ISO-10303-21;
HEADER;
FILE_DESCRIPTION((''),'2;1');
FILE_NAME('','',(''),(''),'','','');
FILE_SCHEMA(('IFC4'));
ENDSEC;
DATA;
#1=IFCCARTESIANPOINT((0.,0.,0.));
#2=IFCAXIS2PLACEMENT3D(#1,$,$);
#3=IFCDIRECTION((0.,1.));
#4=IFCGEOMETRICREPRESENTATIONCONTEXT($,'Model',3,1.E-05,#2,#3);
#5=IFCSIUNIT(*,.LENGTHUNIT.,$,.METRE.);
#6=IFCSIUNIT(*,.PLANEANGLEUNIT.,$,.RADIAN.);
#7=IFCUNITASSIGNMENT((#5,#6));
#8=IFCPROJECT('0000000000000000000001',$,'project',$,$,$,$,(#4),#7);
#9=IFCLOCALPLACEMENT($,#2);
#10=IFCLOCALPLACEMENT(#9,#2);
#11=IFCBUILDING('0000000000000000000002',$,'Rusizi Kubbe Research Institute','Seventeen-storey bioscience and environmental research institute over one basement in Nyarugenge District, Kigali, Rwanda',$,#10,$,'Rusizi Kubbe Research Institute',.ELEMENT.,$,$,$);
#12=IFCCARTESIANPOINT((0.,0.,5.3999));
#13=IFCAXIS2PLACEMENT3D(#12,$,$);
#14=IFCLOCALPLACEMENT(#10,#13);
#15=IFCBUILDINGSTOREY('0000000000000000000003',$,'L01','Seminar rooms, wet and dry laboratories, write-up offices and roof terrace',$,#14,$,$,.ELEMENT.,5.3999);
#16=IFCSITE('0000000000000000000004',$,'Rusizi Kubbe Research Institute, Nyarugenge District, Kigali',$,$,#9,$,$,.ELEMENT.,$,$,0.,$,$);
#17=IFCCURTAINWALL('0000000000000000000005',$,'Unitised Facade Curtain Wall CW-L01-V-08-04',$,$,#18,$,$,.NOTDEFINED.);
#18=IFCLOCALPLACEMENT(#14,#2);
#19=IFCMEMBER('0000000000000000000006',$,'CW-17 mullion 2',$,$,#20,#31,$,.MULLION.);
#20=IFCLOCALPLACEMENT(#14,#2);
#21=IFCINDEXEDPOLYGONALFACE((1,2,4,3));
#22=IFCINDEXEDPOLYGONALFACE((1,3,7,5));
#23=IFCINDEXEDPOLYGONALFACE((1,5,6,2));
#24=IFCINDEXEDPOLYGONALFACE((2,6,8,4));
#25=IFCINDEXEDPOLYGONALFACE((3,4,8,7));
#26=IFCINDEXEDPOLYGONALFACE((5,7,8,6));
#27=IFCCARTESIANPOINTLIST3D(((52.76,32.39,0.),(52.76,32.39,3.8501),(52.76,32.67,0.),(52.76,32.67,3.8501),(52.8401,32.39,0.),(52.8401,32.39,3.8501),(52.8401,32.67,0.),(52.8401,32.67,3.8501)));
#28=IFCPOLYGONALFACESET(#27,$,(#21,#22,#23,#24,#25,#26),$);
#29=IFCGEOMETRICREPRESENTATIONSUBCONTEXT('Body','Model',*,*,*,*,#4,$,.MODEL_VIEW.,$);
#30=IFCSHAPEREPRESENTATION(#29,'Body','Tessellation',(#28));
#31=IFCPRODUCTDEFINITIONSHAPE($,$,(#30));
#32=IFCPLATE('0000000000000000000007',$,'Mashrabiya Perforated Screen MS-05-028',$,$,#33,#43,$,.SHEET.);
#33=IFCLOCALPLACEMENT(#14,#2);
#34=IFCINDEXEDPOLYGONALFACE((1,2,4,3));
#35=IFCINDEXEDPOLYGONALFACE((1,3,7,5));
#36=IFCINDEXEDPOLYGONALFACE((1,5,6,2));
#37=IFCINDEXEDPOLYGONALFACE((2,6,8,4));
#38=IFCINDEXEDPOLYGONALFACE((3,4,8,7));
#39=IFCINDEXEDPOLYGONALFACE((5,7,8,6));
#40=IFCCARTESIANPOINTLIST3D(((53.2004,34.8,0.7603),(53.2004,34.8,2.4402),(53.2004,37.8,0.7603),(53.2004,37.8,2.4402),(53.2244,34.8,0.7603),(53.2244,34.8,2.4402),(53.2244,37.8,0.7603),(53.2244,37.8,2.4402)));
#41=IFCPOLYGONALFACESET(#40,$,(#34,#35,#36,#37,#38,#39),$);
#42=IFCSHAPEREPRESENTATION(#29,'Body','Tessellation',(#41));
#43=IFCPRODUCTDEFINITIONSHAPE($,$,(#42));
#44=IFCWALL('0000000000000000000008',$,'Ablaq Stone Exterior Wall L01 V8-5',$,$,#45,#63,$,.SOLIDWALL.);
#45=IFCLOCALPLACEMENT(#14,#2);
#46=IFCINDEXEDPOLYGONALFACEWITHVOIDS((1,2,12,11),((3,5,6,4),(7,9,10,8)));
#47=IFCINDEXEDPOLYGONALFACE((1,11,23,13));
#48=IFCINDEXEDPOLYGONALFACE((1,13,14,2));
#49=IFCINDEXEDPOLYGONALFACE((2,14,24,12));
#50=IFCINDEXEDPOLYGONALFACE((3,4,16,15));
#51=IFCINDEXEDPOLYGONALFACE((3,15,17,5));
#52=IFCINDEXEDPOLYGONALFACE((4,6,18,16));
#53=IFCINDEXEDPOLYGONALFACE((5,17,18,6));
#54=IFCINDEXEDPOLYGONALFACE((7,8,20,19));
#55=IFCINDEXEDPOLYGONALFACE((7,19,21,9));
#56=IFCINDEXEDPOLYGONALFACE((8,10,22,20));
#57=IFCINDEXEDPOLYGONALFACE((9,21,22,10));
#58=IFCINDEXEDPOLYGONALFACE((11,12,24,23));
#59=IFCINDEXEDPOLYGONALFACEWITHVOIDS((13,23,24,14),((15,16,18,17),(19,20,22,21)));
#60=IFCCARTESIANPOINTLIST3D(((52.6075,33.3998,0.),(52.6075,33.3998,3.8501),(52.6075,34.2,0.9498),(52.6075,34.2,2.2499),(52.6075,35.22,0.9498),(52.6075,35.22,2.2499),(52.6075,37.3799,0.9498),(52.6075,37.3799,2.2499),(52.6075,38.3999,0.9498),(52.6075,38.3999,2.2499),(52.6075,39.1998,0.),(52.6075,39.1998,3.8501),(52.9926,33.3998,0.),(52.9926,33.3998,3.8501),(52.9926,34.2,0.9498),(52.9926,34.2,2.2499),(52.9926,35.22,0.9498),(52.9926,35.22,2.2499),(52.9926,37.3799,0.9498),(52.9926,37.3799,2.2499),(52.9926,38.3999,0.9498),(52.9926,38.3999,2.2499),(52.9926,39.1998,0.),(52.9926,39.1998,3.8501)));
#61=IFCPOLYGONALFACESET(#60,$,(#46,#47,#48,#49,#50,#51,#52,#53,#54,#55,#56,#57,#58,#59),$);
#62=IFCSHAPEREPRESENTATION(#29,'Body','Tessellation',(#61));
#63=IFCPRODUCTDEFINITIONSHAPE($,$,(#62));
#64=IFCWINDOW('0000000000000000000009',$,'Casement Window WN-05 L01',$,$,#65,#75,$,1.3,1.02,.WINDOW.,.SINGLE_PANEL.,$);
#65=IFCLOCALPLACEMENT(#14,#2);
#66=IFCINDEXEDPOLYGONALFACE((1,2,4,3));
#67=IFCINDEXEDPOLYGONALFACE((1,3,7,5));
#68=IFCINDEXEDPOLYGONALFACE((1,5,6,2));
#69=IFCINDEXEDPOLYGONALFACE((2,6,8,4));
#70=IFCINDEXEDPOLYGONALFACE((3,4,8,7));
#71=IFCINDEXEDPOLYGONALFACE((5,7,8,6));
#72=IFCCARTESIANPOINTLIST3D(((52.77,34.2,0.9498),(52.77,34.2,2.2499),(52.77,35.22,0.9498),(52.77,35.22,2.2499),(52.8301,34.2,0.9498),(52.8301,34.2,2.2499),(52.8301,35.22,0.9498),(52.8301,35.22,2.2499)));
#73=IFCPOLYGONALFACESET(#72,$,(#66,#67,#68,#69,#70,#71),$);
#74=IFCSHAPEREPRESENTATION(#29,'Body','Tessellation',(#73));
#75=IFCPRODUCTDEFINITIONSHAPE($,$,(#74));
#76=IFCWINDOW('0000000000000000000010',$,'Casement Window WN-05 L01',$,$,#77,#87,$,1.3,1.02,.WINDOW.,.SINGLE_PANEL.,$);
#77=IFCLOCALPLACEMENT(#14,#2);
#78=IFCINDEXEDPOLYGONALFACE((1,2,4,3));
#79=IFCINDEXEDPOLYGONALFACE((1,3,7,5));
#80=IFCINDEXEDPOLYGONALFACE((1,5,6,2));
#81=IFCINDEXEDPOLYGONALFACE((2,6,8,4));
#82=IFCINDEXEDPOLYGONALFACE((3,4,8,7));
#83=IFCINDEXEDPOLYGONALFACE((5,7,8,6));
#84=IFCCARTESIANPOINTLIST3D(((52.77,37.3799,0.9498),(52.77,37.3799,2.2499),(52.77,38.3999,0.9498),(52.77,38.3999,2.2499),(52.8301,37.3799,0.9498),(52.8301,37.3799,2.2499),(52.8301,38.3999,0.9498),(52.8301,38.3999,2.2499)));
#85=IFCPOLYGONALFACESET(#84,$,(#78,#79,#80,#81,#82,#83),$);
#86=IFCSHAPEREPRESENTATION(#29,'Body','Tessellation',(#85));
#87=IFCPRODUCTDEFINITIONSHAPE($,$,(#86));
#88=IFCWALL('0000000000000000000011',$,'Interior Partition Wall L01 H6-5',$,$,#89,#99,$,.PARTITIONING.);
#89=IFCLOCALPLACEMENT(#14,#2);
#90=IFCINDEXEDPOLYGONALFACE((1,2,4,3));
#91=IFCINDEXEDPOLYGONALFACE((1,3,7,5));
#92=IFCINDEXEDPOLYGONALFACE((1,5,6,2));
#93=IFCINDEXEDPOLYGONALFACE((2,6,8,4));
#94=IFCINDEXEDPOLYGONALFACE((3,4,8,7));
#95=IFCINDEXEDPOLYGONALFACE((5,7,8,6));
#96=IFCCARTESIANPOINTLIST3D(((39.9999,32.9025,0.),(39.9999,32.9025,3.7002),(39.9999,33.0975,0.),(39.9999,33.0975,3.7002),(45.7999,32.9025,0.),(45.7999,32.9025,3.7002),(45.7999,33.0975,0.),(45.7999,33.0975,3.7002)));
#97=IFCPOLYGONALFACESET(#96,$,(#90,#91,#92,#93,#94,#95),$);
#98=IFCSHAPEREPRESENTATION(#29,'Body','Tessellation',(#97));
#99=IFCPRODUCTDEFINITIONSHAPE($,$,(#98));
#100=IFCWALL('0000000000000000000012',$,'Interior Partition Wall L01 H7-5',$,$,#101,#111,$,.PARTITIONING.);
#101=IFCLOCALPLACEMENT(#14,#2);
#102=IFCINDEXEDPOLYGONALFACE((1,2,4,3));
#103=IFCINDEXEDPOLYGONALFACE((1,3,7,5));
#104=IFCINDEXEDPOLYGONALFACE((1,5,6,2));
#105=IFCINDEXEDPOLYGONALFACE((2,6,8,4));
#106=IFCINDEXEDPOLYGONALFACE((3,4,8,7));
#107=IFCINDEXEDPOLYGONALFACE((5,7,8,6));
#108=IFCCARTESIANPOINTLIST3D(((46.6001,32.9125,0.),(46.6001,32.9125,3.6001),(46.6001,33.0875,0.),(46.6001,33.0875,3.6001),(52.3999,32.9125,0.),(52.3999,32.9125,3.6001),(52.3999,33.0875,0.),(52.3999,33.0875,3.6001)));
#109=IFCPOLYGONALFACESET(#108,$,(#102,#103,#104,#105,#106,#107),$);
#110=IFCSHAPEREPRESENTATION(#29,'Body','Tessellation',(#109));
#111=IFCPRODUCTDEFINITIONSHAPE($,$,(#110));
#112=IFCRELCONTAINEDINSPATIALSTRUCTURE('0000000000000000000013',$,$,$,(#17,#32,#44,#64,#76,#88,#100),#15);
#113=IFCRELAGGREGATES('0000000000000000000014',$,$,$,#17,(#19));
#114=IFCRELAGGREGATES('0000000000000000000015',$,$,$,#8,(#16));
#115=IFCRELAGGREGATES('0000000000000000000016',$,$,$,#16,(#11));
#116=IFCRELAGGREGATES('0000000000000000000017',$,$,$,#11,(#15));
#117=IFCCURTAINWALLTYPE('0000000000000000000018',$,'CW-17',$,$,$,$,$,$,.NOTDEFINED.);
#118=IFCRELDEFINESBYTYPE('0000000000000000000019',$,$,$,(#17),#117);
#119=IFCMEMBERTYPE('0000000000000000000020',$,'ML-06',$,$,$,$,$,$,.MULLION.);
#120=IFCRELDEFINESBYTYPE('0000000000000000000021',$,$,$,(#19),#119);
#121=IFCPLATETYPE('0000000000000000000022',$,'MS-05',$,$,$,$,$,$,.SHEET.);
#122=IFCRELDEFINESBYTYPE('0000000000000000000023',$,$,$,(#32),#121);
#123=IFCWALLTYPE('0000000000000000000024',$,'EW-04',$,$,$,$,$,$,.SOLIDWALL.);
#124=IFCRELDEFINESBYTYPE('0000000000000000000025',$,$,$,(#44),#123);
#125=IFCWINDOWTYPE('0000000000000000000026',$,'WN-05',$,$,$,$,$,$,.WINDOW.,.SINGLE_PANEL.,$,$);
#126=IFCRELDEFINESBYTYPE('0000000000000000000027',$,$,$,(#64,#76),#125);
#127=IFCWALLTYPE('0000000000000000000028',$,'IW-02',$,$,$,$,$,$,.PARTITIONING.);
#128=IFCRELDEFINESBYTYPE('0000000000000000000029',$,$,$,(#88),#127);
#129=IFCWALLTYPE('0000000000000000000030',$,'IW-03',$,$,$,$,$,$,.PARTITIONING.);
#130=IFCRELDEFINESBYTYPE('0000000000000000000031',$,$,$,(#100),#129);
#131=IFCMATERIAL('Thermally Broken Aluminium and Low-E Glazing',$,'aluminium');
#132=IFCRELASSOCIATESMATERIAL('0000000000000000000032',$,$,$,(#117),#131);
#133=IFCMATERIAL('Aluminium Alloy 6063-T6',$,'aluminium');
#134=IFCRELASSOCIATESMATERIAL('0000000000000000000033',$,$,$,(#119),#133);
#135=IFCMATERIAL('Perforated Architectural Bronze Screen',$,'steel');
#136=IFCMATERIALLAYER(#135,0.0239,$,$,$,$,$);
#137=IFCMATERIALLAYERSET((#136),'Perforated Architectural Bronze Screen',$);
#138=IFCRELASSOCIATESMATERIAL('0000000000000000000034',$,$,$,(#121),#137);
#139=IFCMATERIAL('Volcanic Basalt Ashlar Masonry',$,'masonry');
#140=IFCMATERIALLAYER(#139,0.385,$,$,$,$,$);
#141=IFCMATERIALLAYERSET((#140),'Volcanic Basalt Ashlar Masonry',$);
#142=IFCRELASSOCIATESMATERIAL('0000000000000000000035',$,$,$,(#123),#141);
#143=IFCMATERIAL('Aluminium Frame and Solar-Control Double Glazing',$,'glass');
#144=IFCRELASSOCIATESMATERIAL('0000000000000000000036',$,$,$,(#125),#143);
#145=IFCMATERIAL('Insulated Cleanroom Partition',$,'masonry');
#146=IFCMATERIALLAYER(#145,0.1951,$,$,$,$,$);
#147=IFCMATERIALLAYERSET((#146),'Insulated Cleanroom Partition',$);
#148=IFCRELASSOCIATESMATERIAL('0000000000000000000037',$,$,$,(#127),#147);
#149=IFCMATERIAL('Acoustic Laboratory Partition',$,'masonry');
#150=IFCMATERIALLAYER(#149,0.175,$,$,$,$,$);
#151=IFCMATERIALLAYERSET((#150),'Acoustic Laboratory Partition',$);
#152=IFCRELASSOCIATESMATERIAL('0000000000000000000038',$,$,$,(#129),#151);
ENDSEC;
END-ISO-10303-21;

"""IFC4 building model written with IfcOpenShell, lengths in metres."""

from ifc_helpers import new_model, si_unit, direction, frame, frame_2d, origin, origin_2d, place, context, subcontext, project, spatial, rectangle, extrude, material, layer, layer_set, material_profile, profile_set, type_object, element, fill, aggregate, save


model = new_model("IFC4")

# Units and contexts
model_context = context("Model", 3, precision=1e-05, world=origin(), true_north=direction((0.0, 1.0)))
body_context = subcontext(model_context, "Body", "Model", "MODEL_VIEW")
ifc_project = project(units=[si_unit("LENGTHUNIT", "METRE"), si_unit("PLANEANGLEUNIT", "RADIAN")], contexts=[model_context])

# Site, building, storey
site_placement = place(None, origin())
site = spatial("IfcSite", under=ifc_project, at=site_placement, Name="Rusizi Kubbe Research Institute, Nyarugenge District, Kigali", CompositionType="ELEMENT", RefElevation=0.0)
building_placement = place(site_placement, origin())
building = spatial("IfcBuilding", under=site, at=building_placement, Name="Rusizi Kubbe Research Institute", Description="Seventeen-storey bioscience and environmental research institute over one basement in Nyarugenge District, Kigali, Rwanda", LongName="Rusizi Kubbe Research Institute", CompositionType="ELEMENT")
storey_placement = place(building_placement, frame((0.0, 0.0, 5.3999)))
storey = spatial("IfcBuildingStorey", under=building, at=storey_placement, Name="L01", Description="Seminar rooms, wet and dry laboratories, write-up offices and roof terrace", CompositionType="ELEMENT", Elevation=5.3999)

# Curtain wall, member
ifc_material_1 = material(Name="Thermally Broken Aluminium and Low-E Glazing", Category="aluminium")
curtain_wall_type = type_object("IfcCurtainWallType", Name="CW-17", PredefinedType="NOTDEFINED", material=ifc_material_1)
curtain_wall_placement = place(storey_placement, origin())
curtain_wall = element("IfcCurtainWall", 1, at=curtain_wall_placement, inside=storey, type_object=curtain_wall_type, Name="Unitised Facade Curtain Wall CW-L01-V-08-04", PredefinedType="NOTDEFINED")
ifc_material_2 = material(Name="Aluminium Alloy 6063-T6", Category="aluminium")
ifc_material_profile_1 = material_profile(ifc_material_2, rectangle(XDim=0.0801, YDim=0.28, at=origin_2d()), Name="ALU-M 80x280")
ifc_profile_set_1 = profile_set([ifc_material_profile_1], Name="Aluminium Alloy 6063-T6")
member_type_1 = type_object("IfcMemberType", Name="ML-06", PredefinedType="MULLION", material=ifc_profile_set_1)
member_1_placement = place(storey_placement, frame((52.8, 32.53, 0.0), z_axis=(0.0, 0.0, 1.0), x_axis=(-1.0, 0.0, 0.0)))
member_1 = element("IfcMember", 2, at=member_1_placement, type_object=member_type_1, Name="CW-17 mullion 2", PredefinedType="MULLION", context=body_context, shape_type="SweptSolid", body=[
    extrude(rectangle(XDim=0.0801, YDim=0.28, at=origin_2d()), origin(), (0.0, 0.0, 1.0), 3.8501),
])
aggregate(curtain_wall, [member_1])

# Plate
ifc_material_3 = material(Name="Perforated Architectural Bronze Screen", Category="steel")
ifc_layer_1 = layer(ifc_material_3, 0.0239)
ifc_layer_set_1 = layer_set([ifc_layer_1], Name="Perforated Architectural Bronze Screen")
plate_type = type_object("IfcPlateType", Name="MS-05", PredefinedType="SHEET", material=ifc_layer_set_1)
plate_placement = place(storey_placement, frame((53.2124, 36.3, 0.7603), z_axis=(0.0, 0.0, 1.0), x_axis=(0.0, 1.0, 0.0)))
element("IfcPlate", 3, at=plate_placement, inside=storey, type_object=plate_type, Name="Mashrabiya Perforated Screen MS-05-028", PredefinedType="SHEET", context=body_context, shape_type="SweptSolid", body=[
    extrude(rectangle(XDim=3.0, YDim=0.0239, at=origin_2d()), origin(), (0.0, 0.0, 1.0), 1.6799),
])

# Wall, openings, windows
ifc_material_4 = material(Name="Volcanic Basalt Ashlar Masonry", Category="masonry")
ifc_layer_2 = layer(ifc_material_4, 0.385)
ifc_layer_set_2 = layer_set([ifc_layer_2], Name="Volcanic Basalt Ashlar Masonry")
wall_type_1 = type_object("IfcWallType", Name="EW-04", PredefinedType="SOLIDWALL", material=ifc_layer_set_2)
wall_1_placement = place(storey_placement, frame((52.8, 33.3999, 0.0), z_axis=(0.0, 0.0, 1.0), x_axis=(0.0, 1.0, 0.0)))
wall_1 = element("IfcWall", 4, at=wall_1_placement, inside=storey, type_object=wall_type_1, Name="Ablaq Stone Exterior Wall L01 V8-5", PredefinedType="SOLIDWALL", context=body_context, shape_type="SweptSolid", body=[
    extrude(rectangle(XDim=5.8, YDim=0.385, at=frame_2d((2.8999, 0.0))), origin(), (0.0, 0.0, 1.0), 3.8501),
])
opening_1_placement = place(wall_1_placement, frame((0.8, 0.0, 0.95)))
opening_1 = element("IfcOpeningElement", 5, at=opening_1_placement, cuts=wall_1, PredefinedType="OPENING", context=body_context, shape_type="SweptSolid", body=[
    extrude(rectangle(XDim=1.02, YDim=1.3, at=frame_2d((0.51, 0.6499))), frame((0.0, 0.2024, 0.0), z_axis=(0.0, -1.0, 0.0), x_axis=(1.0, 0.0, 0.0)), (0.0, 0.0, 1.0), 0.405),
])
opening_2_placement = place(wall_1_placement, frame((3.98, 0.0, 0.95)))
opening_2 = element("IfcOpeningElement", 6, at=opening_2_placement, cuts=wall_1, PredefinedType="OPENING", context=body_context, shape_type="SweptSolid", body=[
    extrude(rectangle(XDim=1.02, YDim=1.3, at=frame_2d((0.51, 0.6499))), frame((0.0, 0.2024, 0.0), z_axis=(0.0, -1.0, 0.0), x_axis=(1.0, 0.0, 0.0)), (0.0, 0.0, 1.0), 0.405),
])
ifc_material_5 = material(Name="Aluminium Frame and Solar-Control Double Glazing", Category="glass")
window_type = type_object("IfcWindowType", Name="WN-05", PartitioningType="SINGLE_PANEL", PredefinedType="WINDOW", material=ifc_material_5)
window_1_placement = place(opening_1_placement, origin())
window_1 = element("IfcWindow", 7, at=window_1_placement, inside=storey, type_object=window_type, Name="Casement Window WN-05 L01", OverallHeight=1.3, OverallWidth=1.02, PartitioningType="SINGLE_PANEL", PredefinedType="WINDOW", context=body_context, shape_type="SweptSolid", body=[
    extrude(rectangle(XDim=1.02, YDim=1.3, at=frame_2d((0.51, 0.6499))), frame((0.0, 0.03, 0.0), z_axis=(0.0, -1.0, 0.0), x_axis=(1.0, 0.0, 0.0)), (0.0, 0.0, 1.0), 0.0601),
])
fill(opening_1, window_1)
window_2_placement = place(opening_2_placement, origin())
window_2 = element("IfcWindow", 8, at=window_2_placement, inside=storey, type_object=window_type, Name="Casement Window WN-05 L01", OverallHeight=1.3, OverallWidth=1.02, PartitioningType="SINGLE_PANEL", PredefinedType="WINDOW", context=body_context, shape_type="SweptSolid", body=[
    extrude(rectangle(XDim=1.02, YDim=1.3, at=frame_2d((0.51, 0.6499))), frame((0.0, 0.03, 0.0), z_axis=(0.0, -1.0, 0.0), x_axis=(1.0, 0.0, 0.0)), (0.0, 0.0, 1.0), 0.0601),
])
fill(opening_2, window_2)

# Walls
ifc_material_6 = material(Name="Insulated Cleanroom Partition", Category="masonry")
ifc_layer_3 = layer(ifc_material_6, 0.1951)
ifc_layer_set_3 = layer_set([ifc_layer_3], Name="Insulated Cleanroom Partition")
wall_type_2 = type_object("IfcWallType", Name="IW-02", PredefinedType="PARTITIONING", material=ifc_layer_set_3)
wall_2_placement = place(storey_placement, frame((40.0, 33.0, 0.0), z_axis=(0.0, 0.0, 1.0), x_axis=(1.0, 0.0, 0.0)))
element("IfcWall", 9, at=wall_2_placement, inside=storey, type_object=wall_type_2, Name="Interior Partition Wall L01 H6-5", PredefinedType="PARTITIONING", context=body_context, shape_type="SweptSolid", body=[
    extrude(rectangle(XDim=5.8, YDim=0.1951, at=frame_2d((2.8999, 0.0))), origin(), (0.0, 0.0, 1.0), 3.7002),
])
ifc_material_7 = material(Name="Acoustic Laboratory Partition", Category="masonry")
ifc_layer_4 = layer(ifc_material_7, 0.175)
ifc_layer_set_4 = layer_set([ifc_layer_4], Name="Acoustic Laboratory Partition")
wall_type_3 = type_object("IfcWallType", Name="IW-03", PredefinedType="PARTITIONING", material=ifc_layer_set_4)
wall_3_placement = place(storey_placement, frame((46.6001, 33.0, 0.0), z_axis=(0.0, 0.0, 1.0), x_axis=(1.0, 0.0, 0.0)))
element("IfcWall", 10, at=wall_3_placement, inside=storey, type_object=wall_type_3, Name="Interior Partition Wall L01 H7-5", PredefinedType="PARTITIONING", context=body_context, shape_type="SweptSolid", body=[
    extrude(rectangle(XDim=5.7998, YDim=0.175, at=frame_2d((2.8999, 0.0))), origin(), (0.0, 0.0, 1.0), 3.6001),
])

save(model, "model.ifc")
